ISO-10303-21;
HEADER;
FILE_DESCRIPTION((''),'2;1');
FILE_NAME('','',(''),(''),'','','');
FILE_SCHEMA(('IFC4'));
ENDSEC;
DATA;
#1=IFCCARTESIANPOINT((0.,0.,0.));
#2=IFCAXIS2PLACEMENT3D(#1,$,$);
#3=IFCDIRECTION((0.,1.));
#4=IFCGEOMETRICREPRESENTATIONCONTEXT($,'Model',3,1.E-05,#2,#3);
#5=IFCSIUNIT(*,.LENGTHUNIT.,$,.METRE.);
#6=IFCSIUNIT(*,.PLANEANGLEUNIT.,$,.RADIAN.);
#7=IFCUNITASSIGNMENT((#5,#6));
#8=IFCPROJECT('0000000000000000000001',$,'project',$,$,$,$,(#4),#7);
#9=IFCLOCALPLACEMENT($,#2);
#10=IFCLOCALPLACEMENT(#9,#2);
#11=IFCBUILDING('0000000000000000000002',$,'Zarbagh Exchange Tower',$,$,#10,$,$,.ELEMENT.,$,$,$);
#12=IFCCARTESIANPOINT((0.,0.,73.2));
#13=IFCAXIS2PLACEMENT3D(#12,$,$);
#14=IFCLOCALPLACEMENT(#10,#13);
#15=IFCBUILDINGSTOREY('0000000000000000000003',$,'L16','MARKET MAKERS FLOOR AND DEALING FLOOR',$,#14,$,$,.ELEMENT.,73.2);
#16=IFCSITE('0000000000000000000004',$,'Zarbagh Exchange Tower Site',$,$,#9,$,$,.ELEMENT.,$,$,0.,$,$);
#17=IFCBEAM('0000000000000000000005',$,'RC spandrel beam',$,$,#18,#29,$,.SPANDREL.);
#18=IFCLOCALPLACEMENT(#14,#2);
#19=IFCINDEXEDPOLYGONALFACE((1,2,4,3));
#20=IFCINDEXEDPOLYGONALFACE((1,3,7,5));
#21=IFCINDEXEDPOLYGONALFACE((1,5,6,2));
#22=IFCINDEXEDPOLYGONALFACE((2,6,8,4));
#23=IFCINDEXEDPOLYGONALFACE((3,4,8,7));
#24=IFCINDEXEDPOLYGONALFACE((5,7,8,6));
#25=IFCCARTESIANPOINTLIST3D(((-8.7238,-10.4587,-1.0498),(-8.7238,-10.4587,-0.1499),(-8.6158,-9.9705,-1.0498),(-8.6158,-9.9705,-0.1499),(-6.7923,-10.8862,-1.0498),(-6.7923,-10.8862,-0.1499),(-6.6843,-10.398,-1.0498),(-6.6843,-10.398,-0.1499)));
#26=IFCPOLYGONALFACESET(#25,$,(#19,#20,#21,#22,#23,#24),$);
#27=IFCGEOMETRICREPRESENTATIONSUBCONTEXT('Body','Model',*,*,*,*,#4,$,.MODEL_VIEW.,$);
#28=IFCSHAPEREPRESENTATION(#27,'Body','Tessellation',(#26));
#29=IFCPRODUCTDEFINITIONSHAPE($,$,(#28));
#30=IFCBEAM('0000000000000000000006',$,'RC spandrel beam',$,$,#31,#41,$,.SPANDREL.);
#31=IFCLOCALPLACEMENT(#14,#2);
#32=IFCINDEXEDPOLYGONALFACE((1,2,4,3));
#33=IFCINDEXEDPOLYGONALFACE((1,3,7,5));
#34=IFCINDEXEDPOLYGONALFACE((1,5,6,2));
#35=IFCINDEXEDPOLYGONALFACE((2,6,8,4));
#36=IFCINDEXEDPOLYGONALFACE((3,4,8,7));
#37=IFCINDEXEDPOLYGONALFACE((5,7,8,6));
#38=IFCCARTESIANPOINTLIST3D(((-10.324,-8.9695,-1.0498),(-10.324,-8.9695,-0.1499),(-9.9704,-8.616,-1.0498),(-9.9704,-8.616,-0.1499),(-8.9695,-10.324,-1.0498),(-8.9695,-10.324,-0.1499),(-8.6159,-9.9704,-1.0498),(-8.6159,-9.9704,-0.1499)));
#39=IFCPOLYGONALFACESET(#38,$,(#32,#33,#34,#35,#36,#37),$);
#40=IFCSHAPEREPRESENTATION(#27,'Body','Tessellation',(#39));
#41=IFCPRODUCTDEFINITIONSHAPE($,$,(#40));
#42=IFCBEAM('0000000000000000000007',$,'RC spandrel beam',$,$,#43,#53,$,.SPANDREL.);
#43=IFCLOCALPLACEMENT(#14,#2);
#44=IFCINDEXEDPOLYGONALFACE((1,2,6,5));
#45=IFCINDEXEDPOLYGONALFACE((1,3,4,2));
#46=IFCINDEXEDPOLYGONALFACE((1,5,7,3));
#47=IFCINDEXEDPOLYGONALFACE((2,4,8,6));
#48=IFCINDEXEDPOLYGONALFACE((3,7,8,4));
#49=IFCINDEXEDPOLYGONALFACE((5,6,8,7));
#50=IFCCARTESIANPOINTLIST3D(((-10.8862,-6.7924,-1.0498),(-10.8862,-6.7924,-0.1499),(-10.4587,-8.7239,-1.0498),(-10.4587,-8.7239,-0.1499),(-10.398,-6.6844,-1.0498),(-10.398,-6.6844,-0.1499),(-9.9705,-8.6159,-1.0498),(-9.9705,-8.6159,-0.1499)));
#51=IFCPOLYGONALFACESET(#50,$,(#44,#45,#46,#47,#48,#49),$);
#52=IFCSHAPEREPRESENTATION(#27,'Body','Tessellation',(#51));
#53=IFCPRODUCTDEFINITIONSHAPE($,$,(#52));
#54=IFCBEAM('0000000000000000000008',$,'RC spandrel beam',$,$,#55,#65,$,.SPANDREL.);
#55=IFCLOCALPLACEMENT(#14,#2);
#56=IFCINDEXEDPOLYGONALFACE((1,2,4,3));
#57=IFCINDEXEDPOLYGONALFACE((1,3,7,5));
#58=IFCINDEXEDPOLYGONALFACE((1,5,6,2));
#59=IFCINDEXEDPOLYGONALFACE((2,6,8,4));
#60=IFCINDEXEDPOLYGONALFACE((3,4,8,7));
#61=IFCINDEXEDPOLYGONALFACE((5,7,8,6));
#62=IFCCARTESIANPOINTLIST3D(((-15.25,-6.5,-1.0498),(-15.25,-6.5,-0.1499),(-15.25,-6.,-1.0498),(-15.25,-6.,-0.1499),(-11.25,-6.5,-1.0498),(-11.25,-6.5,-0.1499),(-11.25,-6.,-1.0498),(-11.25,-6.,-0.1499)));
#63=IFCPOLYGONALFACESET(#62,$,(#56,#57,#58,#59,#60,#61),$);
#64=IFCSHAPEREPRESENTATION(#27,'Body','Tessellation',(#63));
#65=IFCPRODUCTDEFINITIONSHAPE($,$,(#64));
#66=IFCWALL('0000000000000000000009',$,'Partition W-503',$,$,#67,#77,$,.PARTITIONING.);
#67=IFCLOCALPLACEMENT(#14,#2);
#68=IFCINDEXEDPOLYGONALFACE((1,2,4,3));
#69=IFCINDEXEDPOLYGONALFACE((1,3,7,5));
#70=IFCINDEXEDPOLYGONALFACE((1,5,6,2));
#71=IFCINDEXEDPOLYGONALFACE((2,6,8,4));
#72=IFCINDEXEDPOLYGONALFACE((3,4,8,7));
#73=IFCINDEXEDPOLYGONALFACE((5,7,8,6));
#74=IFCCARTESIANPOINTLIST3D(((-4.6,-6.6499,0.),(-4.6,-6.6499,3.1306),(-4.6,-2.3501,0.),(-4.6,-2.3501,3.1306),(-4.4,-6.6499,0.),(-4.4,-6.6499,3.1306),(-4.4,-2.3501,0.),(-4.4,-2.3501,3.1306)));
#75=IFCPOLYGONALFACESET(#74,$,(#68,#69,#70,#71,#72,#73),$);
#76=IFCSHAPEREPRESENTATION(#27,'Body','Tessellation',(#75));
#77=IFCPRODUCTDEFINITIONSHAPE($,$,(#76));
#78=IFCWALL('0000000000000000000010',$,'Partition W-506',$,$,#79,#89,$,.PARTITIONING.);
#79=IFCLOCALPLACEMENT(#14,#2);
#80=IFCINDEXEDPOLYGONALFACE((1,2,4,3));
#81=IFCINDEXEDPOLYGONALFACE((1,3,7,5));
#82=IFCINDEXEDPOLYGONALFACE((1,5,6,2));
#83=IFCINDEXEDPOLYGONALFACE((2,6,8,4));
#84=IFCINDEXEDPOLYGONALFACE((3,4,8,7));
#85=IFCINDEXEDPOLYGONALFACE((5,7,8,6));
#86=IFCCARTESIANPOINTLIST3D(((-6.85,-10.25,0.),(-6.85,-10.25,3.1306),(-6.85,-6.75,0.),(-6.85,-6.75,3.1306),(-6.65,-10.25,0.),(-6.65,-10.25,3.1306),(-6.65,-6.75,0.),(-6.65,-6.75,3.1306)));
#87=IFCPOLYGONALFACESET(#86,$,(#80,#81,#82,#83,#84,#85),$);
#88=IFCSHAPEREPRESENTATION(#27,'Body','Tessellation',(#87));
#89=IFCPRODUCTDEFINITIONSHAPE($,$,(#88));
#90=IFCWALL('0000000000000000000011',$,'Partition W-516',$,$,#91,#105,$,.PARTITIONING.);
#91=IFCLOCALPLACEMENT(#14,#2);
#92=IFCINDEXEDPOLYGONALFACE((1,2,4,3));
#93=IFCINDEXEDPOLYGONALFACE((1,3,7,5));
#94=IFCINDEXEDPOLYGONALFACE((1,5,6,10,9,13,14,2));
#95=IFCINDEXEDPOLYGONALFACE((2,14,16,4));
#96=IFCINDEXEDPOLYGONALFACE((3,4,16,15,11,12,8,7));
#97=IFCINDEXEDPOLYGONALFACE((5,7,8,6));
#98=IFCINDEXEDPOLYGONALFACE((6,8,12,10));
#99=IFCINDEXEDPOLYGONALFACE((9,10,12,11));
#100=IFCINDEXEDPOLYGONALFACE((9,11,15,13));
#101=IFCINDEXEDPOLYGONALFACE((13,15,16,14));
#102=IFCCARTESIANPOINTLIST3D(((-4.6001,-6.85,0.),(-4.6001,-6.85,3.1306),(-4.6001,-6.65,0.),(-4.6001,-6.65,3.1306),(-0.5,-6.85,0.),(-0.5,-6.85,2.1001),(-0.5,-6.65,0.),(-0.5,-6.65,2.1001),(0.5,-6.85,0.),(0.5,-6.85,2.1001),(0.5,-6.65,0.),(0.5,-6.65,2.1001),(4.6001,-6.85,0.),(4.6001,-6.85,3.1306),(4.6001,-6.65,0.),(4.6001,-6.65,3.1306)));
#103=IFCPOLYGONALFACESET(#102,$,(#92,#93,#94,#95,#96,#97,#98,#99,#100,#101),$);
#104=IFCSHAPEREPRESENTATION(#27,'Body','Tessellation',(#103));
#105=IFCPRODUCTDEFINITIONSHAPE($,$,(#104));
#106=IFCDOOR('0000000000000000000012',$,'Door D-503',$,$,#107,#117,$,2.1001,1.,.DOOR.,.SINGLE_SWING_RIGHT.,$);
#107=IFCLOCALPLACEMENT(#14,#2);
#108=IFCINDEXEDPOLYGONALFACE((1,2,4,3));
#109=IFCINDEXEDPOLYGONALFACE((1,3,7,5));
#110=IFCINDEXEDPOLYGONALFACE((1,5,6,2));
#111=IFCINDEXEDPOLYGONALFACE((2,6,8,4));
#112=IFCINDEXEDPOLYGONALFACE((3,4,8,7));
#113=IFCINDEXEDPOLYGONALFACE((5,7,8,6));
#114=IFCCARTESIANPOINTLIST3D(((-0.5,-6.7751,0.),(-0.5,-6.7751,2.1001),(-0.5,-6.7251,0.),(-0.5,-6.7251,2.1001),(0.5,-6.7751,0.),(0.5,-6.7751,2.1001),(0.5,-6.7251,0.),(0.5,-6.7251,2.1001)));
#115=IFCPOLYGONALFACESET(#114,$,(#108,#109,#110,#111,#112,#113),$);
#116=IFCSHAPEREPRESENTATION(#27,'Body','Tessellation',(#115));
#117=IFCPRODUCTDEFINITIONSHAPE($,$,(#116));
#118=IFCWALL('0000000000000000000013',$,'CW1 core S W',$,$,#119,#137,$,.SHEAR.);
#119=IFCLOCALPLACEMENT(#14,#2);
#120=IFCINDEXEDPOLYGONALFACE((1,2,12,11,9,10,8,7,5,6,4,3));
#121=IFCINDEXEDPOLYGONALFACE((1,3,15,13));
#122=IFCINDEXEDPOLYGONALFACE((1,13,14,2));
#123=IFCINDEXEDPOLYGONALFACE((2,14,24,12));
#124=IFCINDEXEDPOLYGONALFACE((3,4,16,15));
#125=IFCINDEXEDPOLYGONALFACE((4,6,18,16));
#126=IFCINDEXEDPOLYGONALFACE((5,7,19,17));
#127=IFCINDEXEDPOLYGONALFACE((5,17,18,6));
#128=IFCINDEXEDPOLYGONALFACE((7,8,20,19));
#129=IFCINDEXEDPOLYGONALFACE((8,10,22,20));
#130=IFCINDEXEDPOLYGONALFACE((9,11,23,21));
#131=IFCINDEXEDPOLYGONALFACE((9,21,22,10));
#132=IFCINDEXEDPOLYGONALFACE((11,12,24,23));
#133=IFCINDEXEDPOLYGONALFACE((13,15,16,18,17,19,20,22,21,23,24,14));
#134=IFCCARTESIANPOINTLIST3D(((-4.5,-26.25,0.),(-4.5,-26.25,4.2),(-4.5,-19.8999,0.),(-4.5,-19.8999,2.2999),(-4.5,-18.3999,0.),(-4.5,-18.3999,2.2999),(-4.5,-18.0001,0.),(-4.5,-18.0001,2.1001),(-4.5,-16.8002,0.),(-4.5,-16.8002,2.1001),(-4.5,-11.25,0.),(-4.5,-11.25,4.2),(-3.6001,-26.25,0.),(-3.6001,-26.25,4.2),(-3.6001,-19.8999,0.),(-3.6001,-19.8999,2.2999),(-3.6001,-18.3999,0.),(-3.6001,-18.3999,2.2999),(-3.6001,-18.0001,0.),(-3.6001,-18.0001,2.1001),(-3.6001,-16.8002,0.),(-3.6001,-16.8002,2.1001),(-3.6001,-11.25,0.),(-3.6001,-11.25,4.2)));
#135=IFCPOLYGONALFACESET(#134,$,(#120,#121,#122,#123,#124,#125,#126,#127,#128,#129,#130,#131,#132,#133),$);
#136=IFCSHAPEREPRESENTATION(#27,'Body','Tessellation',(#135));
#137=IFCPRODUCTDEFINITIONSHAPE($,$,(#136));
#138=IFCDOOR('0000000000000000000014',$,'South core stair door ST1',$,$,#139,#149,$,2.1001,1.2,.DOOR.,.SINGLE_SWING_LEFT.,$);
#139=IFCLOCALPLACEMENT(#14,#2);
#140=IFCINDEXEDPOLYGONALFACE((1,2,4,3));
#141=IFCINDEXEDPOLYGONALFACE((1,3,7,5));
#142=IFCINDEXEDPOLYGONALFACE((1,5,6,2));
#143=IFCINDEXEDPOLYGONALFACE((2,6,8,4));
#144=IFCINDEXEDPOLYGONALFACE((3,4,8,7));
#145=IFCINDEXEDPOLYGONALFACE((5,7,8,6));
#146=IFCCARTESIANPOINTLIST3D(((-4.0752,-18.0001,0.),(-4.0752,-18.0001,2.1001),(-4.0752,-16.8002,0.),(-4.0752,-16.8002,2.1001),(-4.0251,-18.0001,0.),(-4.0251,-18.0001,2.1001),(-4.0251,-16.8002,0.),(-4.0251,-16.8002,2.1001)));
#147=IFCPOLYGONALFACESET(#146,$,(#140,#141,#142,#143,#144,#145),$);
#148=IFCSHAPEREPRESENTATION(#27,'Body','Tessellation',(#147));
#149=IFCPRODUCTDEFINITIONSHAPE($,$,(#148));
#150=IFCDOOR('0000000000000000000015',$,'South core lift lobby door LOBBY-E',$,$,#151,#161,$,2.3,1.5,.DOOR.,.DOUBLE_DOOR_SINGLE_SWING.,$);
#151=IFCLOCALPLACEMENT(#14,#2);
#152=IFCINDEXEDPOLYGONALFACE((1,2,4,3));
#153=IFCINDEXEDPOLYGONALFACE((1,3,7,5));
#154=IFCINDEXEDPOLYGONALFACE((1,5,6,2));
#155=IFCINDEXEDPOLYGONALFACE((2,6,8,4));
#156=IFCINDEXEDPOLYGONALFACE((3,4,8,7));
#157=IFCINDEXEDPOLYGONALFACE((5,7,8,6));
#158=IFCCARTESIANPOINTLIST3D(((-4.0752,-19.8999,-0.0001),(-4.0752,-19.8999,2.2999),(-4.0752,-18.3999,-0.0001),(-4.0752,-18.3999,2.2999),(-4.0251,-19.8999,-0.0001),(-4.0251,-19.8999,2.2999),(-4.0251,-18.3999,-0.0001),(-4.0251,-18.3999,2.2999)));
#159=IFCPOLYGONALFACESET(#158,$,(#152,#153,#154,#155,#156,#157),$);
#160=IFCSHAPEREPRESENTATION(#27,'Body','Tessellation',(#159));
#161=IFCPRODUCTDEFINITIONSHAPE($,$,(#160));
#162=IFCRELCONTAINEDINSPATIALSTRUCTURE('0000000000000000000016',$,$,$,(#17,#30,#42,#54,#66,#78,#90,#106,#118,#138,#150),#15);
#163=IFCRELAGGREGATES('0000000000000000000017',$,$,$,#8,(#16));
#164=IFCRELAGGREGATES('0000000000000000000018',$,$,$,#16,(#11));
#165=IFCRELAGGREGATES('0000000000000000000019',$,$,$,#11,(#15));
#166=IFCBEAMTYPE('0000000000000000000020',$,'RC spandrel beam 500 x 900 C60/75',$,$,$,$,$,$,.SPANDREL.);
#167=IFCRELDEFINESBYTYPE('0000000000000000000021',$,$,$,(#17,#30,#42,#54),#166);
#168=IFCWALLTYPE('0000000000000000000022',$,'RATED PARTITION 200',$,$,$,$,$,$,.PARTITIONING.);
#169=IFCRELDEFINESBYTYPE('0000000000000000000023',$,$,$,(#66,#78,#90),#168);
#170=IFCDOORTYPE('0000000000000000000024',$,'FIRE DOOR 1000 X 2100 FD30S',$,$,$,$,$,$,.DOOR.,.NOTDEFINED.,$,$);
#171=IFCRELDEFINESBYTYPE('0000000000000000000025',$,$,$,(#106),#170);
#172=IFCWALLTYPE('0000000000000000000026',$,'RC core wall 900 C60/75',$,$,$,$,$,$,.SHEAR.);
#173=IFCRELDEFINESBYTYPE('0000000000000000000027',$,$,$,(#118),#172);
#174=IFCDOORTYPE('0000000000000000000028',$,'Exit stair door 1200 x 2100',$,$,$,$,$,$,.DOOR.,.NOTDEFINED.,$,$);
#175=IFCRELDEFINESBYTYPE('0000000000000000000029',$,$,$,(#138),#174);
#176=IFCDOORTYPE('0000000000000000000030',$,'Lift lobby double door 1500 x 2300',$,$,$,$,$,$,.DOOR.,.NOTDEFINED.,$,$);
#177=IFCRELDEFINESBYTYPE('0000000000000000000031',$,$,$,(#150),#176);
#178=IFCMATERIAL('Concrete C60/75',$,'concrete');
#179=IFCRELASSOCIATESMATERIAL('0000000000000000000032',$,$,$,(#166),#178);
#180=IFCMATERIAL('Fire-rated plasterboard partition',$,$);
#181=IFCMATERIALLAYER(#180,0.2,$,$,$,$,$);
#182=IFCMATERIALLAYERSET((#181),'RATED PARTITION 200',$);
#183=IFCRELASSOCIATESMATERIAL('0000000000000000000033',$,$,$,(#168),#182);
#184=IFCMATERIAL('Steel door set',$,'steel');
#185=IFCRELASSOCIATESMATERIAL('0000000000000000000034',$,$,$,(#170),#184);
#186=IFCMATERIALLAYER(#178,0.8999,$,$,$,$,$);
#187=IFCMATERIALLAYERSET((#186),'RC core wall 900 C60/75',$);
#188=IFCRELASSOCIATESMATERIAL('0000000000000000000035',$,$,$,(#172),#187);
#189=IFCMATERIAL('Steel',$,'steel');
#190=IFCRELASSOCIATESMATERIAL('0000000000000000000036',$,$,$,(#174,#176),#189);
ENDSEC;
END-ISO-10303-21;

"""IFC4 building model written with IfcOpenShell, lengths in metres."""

from ifc_helpers import new_model, si_unit, direction, frame, frame_2d, origin, origin_2d, place, context, subcontext, project, spatial, rectangle, extrude, material, layer, layer_set, material_profile, profile_set, type_object, element, fill, save


model = new_model("IFC4")

# Units and contexts
model_context = context("Model", 3, precision=1e-05, world=origin(), true_north=direction((0.0, 1.0)))
body_context = subcontext(model_context, "Body", "Model", "MODEL_VIEW")
ifc_project = project(units=[si_unit("LENGTHUNIT", "METRE"), si_unit("PLANEANGLEUNIT", "RADIAN")], contexts=[model_context])

# Site, building, storey
site_placement = place(None, origin())
site = spatial("IfcSite", under=ifc_project, at=site_placement, Name="Zarbagh Exchange Tower Site", CompositionType="ELEMENT", RefElevation=0.0)
building_placement = place(site_placement, origin())
building = spatial("IfcBuilding", under=site, at=building_placement, Name="Zarbagh Exchange Tower", CompositionType="ELEMENT")
storey_placement = place(building_placement, frame((0.0, 0.0, 73.2)))
storey = spatial("IfcBuildingStorey", under=building, at=storey_placement, Name="L16", Description="MARKET MAKERS FLOOR AND DEALING FLOOR", CompositionType="ELEMENT", Elevation=73.2)

# Shared definitions
ifc_material_1 = material(Name="Concrete C60/75", Category="concrete")

# Beams
ifc_material_profile_1 = material_profile(ifc_material_1, rectangle(XDim=0.5, YDim=0.8999, at=origin_2d()), Name="RC spandrel beam 500 x 900 C60/75")
ifc_profile_set_1 = profile_set([ifc_material_profile_1], Name="Concrete C60/75")
beam_type_1 = type_object("IfcBeamType", Name="RC spandrel beam 500 x 900 C60/75", PredefinedType="SPANDREL", material=ifc_profile_set_1)
beam_1_placement = place(storey_placement, frame((-6.7383, -10.6421, -0.5999), z_axis=(-0.976375, 0.216081, 0.0), x_axis=(-0.216081, -0.976375, 0.0)))
element("IfcBeam", 1, at=beam_1_placement, inside=storey, type_object=beam_type_1, Name="RC spandrel beam", PredefinedType="SPANDREL", context=body_context, shape_type="SweptSolid", body=[
    extrude(rectangle(XDim=0.5, YDim=0.8999, at=origin_2d()), origin(), (0.0, 0.0, 1.0), 1.9783),
])
beam_2_placement = place(storey_placement, frame((-8.7927, -10.1472, -0.5999), z_axis=(-0.707107, 0.707107, 0.0), x_axis=(-0.707107, -0.707107, 0.0)))
element("IfcBeam", 2, at=beam_2_placement, inside=storey, type_object=beam_type_1, Name="RC spandrel beam", PredefinedType="SPANDREL", context=body_context, shape_type="SweptSolid", body=[
    extrude(rectangle(XDim=0.5, YDim=0.8999, at=origin_2d()), origin(), (0.0, 0.0, 1.0), 1.9155),
])
beam_3_placement = place(storey_placement, frame((-10.2146, -8.6699, -0.5999), z_axis=(-0.216081, 0.976375, 0.0), x_axis=(-0.976375, -0.216081, 0.0)))
element("IfcBeam", 3, at=beam_3_placement, inside=storey, type_object=beam_type_1, Name="RC spandrel beam", PredefinedType="SPANDREL", context=body_context, shape_type="SweptSolid", body=[
    extrude(rectangle(XDim=0.5, YDim=0.8999, at=origin_2d()), origin(), (0.0, 0.0, 1.0), 1.9783),
])
beam_4_placement = place(storey_placement, frame((-11.25, -6.25, -0.5999), z_axis=(-1.0, 0.0, 0.0), x_axis=(0.0, -1.0, 0.0)))
element("IfcBeam", 4, at=beam_4_placement, inside=storey, type_object=beam_type_1, Name="RC spandrel beam", PredefinedType="SPANDREL", context=body_context, shape_type="SweptSolid", body=[
    extrude(rectangle(XDim=0.5, YDim=0.8999, at=origin_2d()), origin(), (0.0, 0.0, 1.0), 4.0),
])

# Walls
ifc_material_2 = material(Name="Fire-rated plasterboard partition")
ifc_layer_1 = layer(ifc_material_2, 0.2)
ifc_layer_set_1 = layer_set([ifc_layer_1], Name="RATED PARTITION 200")
wall_type_1 = type_object("IfcWallType", Name="RATED PARTITION 200", PredefinedType="PARTITIONING", material=ifc_layer_set_1)
wall_1_placement = place(storey_placement, frame((-4.5, -6.6499, 0.0), z_axis=(0.0, 0.0, 1.0), x_axis=(0.0, 1.0, 0.0)))
element("IfcWall", 5, at=wall_1_placement, inside=storey, type_object=wall_type_1, Name="Partition W-503", PredefinedType="PARTITIONING", context=body_context, shape_type="SweptSolid", body=[
    extrude(rectangle(XDim=4.2998, YDim=0.2, at=frame_2d((2.1499, 0.0))), origin(), (0.0, 0.0, 1.0), 3.1306),
])
wall_2_placement = place(storey_placement, frame((-6.75, -10.25, 0.0), z_axis=(0.0, 0.0, 1.0), x_axis=(0.0, 1.0, 0.0)))
element("IfcWall", 6, at=wall_2_placement, inside=storey, type_object=wall_type_1, Name="Partition W-506", PredefinedType="PARTITIONING", context=body_context, shape_type="SweptSolid", body=[
    extrude(rectangle(XDim=3.5, YDim=0.2, at=frame_2d((1.75, 0.0))), origin(), (0.0, 0.0, 1.0), 3.1306),
])

# Wall, opening, door
wall_3_placement = place(storey_placement, frame((-4.6001, -6.75, 0.0), z_axis=(0.0, 0.0, 1.0), x_axis=(1.0, 0.0, 0.0)))
wall_3 = element("IfcWall", 7, at=wall_3_placement, inside=storey, type_object=wall_type_1, Name="Partition W-516", PredefinedType="PARTITIONING", context=body_context, shape_type="SweptSolid", body=[
    extrude(rectangle(XDim=9.2002, YDim=0.2, at=frame_2d((4.6001, 0.0))), origin(), (0.0, 0.0, 1.0), 3.1306),
])
opening_1_placement = place(wall_3_placement, frame((4.1001, 0.0, 0.0)))
opening_1 = element("IfcOpeningElement", 8, at=opening_1_placement, cuts=wall_3, PredefinedType="OPENING", context=body_context, shape_type="SweptSolid", body=[
    extrude(rectangle(XDim=1.0, YDim=2.1001, at=frame_2d((0.5, 1.05))), frame((0.0, 0.1099, 0.0), z_axis=(0.0, -1.0, 0.0), x_axis=(1.0, 0.0, 0.0)), (0.0, 0.0, 1.0), 0.22),
])
ifc_material_3 = material(Name="Steel door set", Category="steel")
door_type_1 = type_object("IfcDoorType", Name="FIRE DOOR 1000 X 2100 FD30S", OperationType="NOTDEFINED", PredefinedType="DOOR", material=ifc_material_3)
door_1_placement = place(opening_1_placement, origin())
door_1 = element("IfcDoor", 9, at=door_1_placement, inside=storey, type_object=door_type_1, Name="Door D-503", OperationType="SINGLE_SWING_RIGHT", OverallHeight=2.1001, OverallWidth=1.0, PredefinedType="DOOR", context=body_context, shape_type="SweptSolid", body=[
    extrude(rectangle(XDim=1.0, YDim=2.1001, at=frame_2d((0.5, 1.05))), frame((0.0, 0.0249, 0.0), z_axis=(0.0, -1.0, 0.0), x_axis=(1.0, 0.0, 0.0)), (0.0, 0.0, 1.0), 0.05),
])
fill(opening_1, door_1)

# Wall, openings, doors
ifc_layer_2 = layer(ifc_material_1, 0.8999)
ifc_layer_set_2 = layer_set([ifc_layer_2], Name="RC core wall 900 C60/75")
wall_type_2 = type_object("IfcWallType", Name="RC core wall 900 C60/75", PredefinedType="SHEAR", material=ifc_layer_set_2)
wall_4_placement = place(storey_placement, frame((-4.05, -11.25, 0.0), z_axis=(0.0, 0.0, 1.0), x_axis=(0.0, -1.0, 0.0)))
wall_4 = element("IfcWall", 10, at=wall_4_placement, inside=storey, type_object=wall_type_2, Name="CW1 core S W", PredefinedType="SHEAR", context=body_context, shape_type="SweptSolid", body=[
    extrude(rectangle(XDim=15.0, YDim=0.8999, at=frame_2d((7.5, 0.0))), origin(), (0.0, 0.0, 1.0), 4.2),
])
opening_2_placement = place(wall_4_placement, frame((7.1499, 0.0, 0.0)))
opening_2 = element("IfcOpeningElement", 11, at=opening_2_placement, cuts=wall_4, PredefinedType="OPENING", context=body_context, shape_type="SweptSolid", body=[
    extrude(rectangle(XDim=1.5, YDim=2.3, at=frame_2d((0.75, 1.1499))), frame((0.0, 0.46, 0.0), z_axis=(0.0, -1.0, 0.0), x_axis=(1.0, 0.0, 0.0)), (0.0, 0.0, 1.0), 0.9199),
])
opening_3_placement = place(wall_4_placement, frame((5.55, 0.0, 0.0)))
opening_3 = element("IfcOpeningElement", 12, at=opening_3_placement, cuts=wall_4, PredefinedType="OPENING", context=body_context, shape_type="SweptSolid", body=[
    extrude(rectangle(XDim=1.2, YDim=2.1001, at=frame_2d((0.6001, 1.05))), frame((0.0, 0.46, 0.0), z_axis=(0.0, -1.0, 0.0), x_axis=(1.0, 0.0, 0.0)), (0.0, 0.0, 1.0), 0.9199),
])
ifc_material_4 = material(Name="Steel", Category="steel")
door_type_2 = type_object("IfcDoorType", Name="Exit stair door 1200 x 2100", OperationType="NOTDEFINED", PredefinedType="DOOR", material=ifc_material_4)
door_2_placement = place(opening_3_placement, origin())
door_2 = element("IfcDoor", 13, at=door_2_placement, inside=storey, type_object=door_type_2, Name="South core stair door ST1", OperationType="SINGLE_SWING_LEFT", OverallHeight=2.1001, OverallWidth=1.2, PredefinedType="DOOR", context=body_context, shape_type="SweptSolid", body=[
    extrude(rectangle(XDim=1.2, YDim=2.1001, at=frame_2d((0.6001, 1.05))), frame((0.0, 0.0249, 0.0), z_axis=(0.0, -1.0, 0.0), x_axis=(1.0, 0.0, 0.0)), (0.0, 0.0, 1.0), 0.05),
])
fill(opening_3, door_2)
door_type_3 = type_object("IfcDoorType", Name="Lift lobby double door 1500 x 2300", OperationType="NOTDEFINED", PredefinedType="DOOR", material=ifc_material_4)
door_3_placement = place(opening_2_placement, origin())
door_3 = element("IfcDoor", 14, at=door_3_placement, inside=storey, type_object=door_type_3, Name="South core lift lobby door LOBBY-E", OperationType="DOUBLE_DOOR_SINGLE_SWING", OverallHeight=2.3, OverallWidth=1.5, PredefinedType="DOOR", context=body_context, shape_type="SweptSolid", body=[
    extrude(rectangle(XDim=1.5, YDim=2.3, at=frame_2d((0.75, 1.1499))), frame((0.0, 0.0249, 0.0), z_axis=(0.0, -1.0, 0.0), x_axis=(1.0, 0.0, 0.0)), (0.0, 0.0, 1.0), 0.05),
])
fill(opening_2, door_3)

save(model, "model.ifc")
